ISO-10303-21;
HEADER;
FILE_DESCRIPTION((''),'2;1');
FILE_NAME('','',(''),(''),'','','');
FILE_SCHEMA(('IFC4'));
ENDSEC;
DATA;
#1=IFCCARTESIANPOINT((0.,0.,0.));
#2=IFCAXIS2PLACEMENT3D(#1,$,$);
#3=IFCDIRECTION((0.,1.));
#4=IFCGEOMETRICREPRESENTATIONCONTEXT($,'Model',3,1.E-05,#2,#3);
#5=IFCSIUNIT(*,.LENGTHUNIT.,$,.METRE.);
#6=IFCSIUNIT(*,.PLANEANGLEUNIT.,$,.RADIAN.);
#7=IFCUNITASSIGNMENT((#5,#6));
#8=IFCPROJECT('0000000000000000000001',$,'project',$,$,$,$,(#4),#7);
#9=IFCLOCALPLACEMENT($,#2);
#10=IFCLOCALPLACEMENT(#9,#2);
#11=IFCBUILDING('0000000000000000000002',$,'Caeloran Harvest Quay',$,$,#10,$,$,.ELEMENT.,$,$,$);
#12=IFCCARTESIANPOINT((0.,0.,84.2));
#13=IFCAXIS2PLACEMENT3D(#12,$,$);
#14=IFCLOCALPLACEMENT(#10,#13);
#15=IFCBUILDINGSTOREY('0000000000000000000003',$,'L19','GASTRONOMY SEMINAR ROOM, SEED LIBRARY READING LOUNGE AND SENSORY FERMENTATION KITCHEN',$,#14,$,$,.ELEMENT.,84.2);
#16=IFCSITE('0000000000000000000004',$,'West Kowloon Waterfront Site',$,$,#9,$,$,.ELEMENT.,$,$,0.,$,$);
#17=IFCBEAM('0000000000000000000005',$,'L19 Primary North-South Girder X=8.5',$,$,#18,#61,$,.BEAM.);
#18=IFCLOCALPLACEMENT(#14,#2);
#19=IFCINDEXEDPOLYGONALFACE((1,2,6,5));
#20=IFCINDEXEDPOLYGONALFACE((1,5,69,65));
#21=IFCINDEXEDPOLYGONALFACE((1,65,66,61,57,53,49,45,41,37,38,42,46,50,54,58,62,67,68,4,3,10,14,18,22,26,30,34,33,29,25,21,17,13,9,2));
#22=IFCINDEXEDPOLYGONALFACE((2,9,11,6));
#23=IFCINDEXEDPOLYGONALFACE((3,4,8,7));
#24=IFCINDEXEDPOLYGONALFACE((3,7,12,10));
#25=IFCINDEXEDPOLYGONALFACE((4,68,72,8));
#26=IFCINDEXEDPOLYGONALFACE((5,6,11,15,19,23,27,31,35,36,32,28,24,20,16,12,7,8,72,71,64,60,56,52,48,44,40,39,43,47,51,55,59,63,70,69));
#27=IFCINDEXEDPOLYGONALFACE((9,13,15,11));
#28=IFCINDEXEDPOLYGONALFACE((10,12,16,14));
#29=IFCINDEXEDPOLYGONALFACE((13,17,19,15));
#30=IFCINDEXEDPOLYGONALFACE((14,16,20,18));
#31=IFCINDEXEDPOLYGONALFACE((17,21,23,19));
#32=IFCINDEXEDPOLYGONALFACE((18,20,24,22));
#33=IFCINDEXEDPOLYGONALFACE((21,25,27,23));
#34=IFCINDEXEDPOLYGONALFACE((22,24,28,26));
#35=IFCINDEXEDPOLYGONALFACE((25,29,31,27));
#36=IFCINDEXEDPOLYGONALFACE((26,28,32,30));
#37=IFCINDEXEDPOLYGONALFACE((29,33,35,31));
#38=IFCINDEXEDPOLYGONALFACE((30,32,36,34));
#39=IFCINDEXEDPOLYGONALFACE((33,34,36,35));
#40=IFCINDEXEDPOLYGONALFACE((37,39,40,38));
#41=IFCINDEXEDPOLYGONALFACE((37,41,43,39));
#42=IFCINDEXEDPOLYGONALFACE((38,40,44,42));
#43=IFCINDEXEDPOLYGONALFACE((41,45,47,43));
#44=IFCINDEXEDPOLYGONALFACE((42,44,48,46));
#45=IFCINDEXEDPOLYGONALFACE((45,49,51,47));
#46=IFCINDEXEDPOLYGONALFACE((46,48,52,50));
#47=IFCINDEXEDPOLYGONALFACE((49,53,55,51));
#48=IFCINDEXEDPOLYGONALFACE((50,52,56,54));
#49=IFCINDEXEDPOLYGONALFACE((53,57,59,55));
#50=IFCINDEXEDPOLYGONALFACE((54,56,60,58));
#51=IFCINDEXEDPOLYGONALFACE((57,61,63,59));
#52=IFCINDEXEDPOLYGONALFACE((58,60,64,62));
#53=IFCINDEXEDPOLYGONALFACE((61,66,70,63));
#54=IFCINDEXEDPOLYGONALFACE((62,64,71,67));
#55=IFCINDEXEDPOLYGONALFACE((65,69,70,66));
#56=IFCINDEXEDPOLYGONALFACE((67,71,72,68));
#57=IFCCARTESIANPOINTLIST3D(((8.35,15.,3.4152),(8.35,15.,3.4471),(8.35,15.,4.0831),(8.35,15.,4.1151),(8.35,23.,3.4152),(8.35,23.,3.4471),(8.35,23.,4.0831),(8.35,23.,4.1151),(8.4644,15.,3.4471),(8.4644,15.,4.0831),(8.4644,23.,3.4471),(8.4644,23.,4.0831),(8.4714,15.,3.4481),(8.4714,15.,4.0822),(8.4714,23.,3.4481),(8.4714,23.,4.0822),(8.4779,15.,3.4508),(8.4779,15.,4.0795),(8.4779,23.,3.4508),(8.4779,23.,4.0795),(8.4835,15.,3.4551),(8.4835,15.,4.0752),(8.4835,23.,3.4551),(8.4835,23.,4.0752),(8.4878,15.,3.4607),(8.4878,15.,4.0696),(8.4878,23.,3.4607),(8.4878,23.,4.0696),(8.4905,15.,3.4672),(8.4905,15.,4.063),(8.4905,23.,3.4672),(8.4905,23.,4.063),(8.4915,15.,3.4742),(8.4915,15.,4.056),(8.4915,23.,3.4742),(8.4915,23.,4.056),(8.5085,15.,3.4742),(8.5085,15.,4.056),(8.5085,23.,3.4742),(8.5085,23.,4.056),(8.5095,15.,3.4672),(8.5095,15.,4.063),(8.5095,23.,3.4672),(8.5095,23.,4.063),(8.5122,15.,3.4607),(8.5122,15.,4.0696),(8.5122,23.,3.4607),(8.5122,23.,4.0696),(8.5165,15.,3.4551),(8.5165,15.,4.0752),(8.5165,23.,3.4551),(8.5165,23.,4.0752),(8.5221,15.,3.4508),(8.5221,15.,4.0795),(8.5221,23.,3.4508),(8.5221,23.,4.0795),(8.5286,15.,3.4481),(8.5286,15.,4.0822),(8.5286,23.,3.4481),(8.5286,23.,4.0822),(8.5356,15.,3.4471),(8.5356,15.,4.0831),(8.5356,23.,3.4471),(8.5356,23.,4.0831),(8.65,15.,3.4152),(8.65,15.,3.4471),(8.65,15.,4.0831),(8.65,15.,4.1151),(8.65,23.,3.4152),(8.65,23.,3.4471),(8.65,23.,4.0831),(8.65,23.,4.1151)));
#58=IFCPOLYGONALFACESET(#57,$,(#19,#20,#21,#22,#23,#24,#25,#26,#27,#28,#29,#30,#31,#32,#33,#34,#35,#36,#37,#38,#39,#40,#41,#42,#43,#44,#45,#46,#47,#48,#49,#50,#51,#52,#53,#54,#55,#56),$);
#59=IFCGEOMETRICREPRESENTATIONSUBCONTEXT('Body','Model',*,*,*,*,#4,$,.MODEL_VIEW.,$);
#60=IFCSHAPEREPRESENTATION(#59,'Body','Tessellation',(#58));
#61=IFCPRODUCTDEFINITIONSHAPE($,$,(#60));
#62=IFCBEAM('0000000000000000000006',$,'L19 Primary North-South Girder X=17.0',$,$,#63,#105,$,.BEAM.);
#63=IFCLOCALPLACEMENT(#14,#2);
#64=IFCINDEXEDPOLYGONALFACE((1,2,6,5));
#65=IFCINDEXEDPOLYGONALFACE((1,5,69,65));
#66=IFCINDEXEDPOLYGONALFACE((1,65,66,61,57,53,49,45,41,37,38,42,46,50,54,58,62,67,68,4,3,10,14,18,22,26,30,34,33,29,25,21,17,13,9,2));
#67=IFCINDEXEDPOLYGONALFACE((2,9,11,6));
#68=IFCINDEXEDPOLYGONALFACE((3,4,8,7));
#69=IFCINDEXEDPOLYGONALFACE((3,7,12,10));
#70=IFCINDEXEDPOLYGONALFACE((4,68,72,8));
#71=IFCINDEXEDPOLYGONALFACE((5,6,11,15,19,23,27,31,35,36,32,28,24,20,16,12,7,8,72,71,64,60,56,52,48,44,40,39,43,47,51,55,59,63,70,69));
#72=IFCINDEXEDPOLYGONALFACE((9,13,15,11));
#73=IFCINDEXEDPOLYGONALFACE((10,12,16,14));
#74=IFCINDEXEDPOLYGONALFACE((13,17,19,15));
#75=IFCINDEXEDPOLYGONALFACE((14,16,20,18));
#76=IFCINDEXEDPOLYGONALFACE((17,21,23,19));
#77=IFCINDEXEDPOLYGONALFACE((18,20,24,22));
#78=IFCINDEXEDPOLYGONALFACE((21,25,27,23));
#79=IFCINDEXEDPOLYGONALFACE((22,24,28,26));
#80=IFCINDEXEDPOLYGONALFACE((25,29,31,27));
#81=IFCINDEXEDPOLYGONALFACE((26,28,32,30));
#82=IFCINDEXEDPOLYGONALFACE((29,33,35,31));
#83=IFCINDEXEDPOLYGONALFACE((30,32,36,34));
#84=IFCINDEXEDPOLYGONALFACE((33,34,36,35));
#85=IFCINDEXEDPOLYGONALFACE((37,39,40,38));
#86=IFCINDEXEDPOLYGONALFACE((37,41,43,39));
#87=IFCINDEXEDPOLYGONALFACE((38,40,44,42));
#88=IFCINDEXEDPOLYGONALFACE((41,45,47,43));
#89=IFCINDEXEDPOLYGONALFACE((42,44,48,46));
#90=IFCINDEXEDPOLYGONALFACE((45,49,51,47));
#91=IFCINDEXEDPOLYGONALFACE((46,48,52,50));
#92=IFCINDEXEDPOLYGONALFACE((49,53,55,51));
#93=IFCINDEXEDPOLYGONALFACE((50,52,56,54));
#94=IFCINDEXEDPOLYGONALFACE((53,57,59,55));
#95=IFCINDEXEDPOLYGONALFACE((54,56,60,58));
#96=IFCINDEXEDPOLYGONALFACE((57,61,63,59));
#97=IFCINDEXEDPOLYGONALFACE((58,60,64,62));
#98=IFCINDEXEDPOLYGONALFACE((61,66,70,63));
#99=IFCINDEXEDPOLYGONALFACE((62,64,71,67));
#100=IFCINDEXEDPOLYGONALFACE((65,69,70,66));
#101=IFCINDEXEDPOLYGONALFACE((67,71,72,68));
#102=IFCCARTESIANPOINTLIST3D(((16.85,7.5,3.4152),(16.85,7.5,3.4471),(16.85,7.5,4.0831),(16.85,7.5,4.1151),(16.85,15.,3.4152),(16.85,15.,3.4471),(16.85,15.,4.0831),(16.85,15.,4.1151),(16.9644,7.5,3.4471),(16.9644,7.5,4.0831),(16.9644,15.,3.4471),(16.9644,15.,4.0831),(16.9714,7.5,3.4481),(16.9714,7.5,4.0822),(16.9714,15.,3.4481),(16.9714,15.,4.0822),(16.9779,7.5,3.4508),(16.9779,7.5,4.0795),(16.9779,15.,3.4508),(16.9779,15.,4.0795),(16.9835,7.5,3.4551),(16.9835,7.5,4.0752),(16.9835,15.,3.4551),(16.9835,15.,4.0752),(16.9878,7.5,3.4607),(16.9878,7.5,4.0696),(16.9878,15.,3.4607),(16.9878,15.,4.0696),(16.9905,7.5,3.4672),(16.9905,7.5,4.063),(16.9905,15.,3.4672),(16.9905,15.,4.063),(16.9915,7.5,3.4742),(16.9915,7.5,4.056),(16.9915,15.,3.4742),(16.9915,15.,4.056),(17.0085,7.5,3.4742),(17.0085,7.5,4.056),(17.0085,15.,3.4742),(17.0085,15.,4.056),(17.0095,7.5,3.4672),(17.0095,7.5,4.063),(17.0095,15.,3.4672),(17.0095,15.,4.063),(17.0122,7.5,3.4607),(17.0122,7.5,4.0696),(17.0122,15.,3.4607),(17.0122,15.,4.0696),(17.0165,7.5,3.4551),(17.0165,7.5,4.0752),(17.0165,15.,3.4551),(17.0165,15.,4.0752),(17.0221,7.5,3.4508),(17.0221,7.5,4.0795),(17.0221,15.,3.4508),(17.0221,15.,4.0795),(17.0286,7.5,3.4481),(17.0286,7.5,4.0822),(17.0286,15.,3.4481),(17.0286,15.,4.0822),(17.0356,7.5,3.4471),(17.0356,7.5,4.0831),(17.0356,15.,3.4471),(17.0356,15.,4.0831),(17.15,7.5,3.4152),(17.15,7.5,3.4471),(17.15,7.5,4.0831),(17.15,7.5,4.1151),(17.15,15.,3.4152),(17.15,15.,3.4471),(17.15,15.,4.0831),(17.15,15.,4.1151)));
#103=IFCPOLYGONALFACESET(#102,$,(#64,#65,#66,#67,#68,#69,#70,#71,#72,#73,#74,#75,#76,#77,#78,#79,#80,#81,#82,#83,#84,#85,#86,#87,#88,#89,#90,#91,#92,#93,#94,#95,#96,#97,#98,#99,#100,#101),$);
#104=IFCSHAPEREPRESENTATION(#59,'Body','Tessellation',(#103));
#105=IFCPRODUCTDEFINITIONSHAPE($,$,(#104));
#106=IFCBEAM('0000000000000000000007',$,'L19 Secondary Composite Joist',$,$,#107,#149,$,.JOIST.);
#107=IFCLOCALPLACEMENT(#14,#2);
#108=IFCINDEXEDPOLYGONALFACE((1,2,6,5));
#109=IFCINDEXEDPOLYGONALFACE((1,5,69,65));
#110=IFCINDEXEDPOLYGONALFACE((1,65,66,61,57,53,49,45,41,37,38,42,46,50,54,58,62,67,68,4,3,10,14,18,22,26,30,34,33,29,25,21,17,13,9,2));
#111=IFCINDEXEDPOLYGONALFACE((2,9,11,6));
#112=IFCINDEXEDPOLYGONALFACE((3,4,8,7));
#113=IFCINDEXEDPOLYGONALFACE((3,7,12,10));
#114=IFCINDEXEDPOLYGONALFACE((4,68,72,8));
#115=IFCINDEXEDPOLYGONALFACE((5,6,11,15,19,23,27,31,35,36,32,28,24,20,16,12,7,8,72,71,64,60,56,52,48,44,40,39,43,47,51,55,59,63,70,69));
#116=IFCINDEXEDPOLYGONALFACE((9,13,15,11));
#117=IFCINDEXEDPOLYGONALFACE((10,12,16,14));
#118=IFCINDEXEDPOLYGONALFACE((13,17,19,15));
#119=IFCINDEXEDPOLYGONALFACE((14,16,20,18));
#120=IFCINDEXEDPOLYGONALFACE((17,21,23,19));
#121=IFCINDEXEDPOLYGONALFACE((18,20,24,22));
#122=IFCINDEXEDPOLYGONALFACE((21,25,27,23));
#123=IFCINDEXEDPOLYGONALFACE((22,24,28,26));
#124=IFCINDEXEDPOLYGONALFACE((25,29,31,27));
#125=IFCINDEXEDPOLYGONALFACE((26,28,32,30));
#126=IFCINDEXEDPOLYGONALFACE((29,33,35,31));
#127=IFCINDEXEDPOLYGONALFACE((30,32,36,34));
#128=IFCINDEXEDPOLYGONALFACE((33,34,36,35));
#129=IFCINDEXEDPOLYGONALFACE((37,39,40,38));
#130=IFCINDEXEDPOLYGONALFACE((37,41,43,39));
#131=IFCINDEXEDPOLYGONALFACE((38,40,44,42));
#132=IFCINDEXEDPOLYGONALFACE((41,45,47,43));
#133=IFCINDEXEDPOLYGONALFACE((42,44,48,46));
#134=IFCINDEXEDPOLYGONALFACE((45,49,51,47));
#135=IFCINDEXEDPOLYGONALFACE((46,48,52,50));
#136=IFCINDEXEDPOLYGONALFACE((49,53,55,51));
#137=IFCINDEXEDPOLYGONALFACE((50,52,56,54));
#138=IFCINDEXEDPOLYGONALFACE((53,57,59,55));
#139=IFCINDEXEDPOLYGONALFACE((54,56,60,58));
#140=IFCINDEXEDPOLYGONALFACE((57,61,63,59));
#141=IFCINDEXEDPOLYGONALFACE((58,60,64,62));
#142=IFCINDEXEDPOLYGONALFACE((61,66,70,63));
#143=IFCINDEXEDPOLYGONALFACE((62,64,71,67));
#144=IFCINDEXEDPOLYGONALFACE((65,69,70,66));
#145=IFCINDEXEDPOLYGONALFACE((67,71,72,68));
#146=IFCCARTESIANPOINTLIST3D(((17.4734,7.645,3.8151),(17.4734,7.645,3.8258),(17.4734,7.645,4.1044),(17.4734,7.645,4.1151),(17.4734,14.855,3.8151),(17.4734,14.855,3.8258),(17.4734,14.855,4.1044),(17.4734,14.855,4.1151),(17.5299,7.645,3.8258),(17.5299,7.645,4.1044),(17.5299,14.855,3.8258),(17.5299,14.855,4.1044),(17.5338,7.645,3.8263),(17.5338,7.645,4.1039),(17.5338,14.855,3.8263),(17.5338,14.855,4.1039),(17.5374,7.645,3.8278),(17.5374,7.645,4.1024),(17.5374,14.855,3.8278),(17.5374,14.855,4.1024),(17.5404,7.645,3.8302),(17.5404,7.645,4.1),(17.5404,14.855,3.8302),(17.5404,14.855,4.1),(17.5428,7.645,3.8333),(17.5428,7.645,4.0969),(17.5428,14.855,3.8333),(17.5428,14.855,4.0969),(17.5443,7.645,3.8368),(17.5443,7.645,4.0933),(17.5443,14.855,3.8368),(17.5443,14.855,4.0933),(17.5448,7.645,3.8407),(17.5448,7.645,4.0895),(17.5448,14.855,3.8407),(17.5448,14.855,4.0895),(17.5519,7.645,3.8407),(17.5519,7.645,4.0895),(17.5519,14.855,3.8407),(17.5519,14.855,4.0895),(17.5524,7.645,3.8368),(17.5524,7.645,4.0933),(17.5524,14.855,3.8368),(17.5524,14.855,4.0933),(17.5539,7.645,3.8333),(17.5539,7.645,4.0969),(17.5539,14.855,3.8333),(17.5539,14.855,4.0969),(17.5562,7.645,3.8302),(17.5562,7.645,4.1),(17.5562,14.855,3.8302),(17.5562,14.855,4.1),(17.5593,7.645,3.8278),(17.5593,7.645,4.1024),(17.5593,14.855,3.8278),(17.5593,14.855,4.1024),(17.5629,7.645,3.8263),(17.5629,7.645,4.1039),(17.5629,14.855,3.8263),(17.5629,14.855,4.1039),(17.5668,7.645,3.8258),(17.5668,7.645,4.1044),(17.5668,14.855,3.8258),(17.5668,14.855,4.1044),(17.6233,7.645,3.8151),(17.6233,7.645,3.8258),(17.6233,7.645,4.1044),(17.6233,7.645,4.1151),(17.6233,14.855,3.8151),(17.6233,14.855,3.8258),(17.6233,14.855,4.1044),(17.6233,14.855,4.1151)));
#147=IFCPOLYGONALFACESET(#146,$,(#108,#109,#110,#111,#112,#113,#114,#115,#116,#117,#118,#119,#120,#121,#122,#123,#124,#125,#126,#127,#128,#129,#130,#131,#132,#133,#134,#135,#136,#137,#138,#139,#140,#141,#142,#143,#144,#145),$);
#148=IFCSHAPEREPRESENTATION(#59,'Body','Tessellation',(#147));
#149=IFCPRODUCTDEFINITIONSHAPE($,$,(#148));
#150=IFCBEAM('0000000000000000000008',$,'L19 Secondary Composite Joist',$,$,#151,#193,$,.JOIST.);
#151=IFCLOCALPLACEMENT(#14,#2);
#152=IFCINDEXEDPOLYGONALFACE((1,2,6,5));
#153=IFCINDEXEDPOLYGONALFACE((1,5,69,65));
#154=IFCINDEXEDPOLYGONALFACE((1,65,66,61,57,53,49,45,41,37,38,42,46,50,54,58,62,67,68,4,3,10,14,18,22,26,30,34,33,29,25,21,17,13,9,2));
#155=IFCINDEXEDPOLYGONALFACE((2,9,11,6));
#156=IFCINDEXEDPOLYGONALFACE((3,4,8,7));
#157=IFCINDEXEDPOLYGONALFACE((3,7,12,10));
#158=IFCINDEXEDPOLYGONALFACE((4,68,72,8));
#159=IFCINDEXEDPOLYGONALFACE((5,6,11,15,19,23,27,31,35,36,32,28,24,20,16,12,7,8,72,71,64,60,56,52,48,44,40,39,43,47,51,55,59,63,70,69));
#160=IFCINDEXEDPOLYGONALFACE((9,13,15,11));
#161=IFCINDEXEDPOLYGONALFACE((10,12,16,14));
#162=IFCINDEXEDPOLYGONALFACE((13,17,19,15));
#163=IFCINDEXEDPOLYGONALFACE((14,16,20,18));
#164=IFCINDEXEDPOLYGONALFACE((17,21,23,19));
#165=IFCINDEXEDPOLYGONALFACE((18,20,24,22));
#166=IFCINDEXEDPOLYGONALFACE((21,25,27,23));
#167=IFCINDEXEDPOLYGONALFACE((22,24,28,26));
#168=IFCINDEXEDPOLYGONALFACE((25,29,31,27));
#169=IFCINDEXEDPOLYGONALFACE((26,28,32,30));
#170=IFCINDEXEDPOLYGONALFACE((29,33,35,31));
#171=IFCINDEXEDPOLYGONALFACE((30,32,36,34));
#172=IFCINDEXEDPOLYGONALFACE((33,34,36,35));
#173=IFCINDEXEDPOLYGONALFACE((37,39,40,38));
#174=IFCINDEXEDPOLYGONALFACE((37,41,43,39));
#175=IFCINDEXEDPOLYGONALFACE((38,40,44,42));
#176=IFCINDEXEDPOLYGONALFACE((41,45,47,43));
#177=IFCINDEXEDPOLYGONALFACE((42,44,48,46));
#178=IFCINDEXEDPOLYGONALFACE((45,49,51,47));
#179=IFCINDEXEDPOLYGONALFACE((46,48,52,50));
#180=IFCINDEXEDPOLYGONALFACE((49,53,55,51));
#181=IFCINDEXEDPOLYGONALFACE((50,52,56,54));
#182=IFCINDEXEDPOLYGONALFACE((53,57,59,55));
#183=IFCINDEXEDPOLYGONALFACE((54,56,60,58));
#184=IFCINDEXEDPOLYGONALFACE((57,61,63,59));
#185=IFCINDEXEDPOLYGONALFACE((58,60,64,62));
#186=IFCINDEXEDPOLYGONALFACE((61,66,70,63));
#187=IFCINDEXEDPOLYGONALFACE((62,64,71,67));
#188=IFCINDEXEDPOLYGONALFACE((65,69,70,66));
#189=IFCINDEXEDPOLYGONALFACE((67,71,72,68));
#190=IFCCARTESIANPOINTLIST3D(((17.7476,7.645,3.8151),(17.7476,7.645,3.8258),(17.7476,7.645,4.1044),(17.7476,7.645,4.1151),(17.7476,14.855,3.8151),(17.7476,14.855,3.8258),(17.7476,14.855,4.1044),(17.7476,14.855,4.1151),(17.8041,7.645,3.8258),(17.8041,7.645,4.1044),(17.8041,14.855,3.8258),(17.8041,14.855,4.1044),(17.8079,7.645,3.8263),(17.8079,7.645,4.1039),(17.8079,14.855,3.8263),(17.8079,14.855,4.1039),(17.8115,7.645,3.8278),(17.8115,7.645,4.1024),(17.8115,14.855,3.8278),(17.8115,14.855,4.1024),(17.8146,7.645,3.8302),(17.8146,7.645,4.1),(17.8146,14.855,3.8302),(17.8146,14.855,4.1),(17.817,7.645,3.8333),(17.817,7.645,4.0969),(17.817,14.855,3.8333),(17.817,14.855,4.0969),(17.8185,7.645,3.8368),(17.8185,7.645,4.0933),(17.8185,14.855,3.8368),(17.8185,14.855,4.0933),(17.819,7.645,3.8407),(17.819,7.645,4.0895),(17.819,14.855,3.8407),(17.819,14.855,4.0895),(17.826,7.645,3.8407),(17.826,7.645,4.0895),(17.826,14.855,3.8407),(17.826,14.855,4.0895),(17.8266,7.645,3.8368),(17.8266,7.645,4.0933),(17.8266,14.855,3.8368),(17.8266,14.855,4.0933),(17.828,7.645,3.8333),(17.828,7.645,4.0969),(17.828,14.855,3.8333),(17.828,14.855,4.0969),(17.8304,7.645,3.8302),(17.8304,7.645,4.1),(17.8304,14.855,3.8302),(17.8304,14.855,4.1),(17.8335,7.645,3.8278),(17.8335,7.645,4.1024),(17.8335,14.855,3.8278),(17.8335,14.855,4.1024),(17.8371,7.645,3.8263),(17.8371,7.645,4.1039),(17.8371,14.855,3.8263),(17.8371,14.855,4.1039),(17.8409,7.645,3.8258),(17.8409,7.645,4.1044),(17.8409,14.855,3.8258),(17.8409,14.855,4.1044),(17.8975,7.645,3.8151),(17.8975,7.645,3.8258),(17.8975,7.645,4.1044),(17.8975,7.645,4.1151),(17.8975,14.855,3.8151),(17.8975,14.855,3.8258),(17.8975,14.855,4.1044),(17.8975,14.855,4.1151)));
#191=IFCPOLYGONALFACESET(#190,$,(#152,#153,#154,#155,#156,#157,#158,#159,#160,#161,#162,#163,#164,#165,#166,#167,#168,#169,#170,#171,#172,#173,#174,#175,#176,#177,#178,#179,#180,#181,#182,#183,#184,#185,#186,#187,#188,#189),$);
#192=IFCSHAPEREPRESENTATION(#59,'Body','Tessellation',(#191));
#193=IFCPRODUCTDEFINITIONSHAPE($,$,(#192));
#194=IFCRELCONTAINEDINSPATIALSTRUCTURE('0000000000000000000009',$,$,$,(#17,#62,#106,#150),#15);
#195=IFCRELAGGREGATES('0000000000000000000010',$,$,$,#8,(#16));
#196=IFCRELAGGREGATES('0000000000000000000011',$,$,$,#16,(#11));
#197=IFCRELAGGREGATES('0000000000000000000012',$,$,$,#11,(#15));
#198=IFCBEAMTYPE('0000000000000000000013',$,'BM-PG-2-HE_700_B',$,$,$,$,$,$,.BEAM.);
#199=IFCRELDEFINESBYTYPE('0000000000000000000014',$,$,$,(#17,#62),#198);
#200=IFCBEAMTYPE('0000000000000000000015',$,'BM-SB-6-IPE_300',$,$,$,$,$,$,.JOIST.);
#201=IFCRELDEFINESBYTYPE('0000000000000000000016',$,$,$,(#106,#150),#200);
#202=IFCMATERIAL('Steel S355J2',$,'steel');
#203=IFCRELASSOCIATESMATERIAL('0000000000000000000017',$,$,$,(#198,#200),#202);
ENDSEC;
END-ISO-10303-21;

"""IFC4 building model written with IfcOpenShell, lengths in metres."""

from ifc_helpers import new_model, si_unit, direction, frame, origin, origin_2d, place, context, subcontext, project, spatial, i_section, extrude, material, material_profile, profile_set, type_object, element, save


model = new_model("IFC4")

# Units and contexts
model_context = context("Model", 3, precision=1e-05, world=origin(), true_north=direction((0.0, 1.0)))
body_context = subcontext(model_context, "Body", "Model", "MODEL_VIEW")
ifc_project = project(units=[si_unit("LENGTHUNIT", "METRE"), si_unit("PLANEANGLEUNIT", "RADIAN")], contexts=[model_context])

# Site, building, storey
site_placement = place(None, origin())
site = spatial("IfcSite", under=ifc_project, at=site_placement, Name="West Kowloon Waterfront Site", CompositionType="ELEMENT", RefElevation=0.0)
building_placement = place(site_placement, origin())
building = spatial("IfcBuilding", under=site, at=building_placement, Name="Caeloran Harvest Quay", CompositionType="ELEMENT")
storey_placement = place(building_placement, frame((0.0, 0.0, 84.2)))
storey = spatial("IfcBuildingStorey", under=building, at=storey_placement, Name="L19", Description="GASTRONOMY SEMINAR ROOM, SEED LIBRARY READING LOUNGE AND SENSORY FERMENTATION KITCHEN", CompositionType="ELEMENT", Elevation=84.2)

# Beams
ifc_material_1 = material(Name="Steel S355J2", Category="steel")
ifc_material_profile_1 = material_profile(ifc_material_1, i_section(OverallWidth=0.3, OverallDepth=0.7, WebThickness=0.0171, FlangeThickness=0.032, FilletRadius=0.0271, at=origin_2d()), Name="HE 700 B")
ifc_profile_set_1 = profile_set([ifc_material_profile_1], Name="Steel S355J2")
beam_type_1 = type_object("IfcBeamType", Name="BM-PG-2-HE_700_B", PredefinedType="BEAM", material=ifc_profile_set_1)
beam_1_placement = place(storey_placement, frame((8.5, 15.0, 3.7651), z_axis=(0.0, 1.0, 0.0), x_axis=(-1.0, 0.0, 0.0)))
element("IfcBeam", 1, at=beam_1_placement, inside=storey, type_object=beam_type_1, Name="L19 Primary North-South Girder X=8.5", PredefinedType="BEAM", context=body_context, shape_type="SweptSolid", body=[
    extrude(i_section(OverallWidth=0.3, OverallDepth=0.7, WebThickness=0.0171, FlangeThickness=0.032, FilletRadius=0.0271, at=origin_2d()), origin(), (0.0, 0.0, 1.0), 8.0),
])
beam_2_placement = place(storey_placement, frame((17.0, 7.5, 3.7651), z_axis=(0.0, 1.0, 0.0), x_axis=(-1.0, 0.0, 0.0)))
element("IfcBeam", 2, at=beam_2_placement, inside=storey, type_object=beam_type_1, Name="L19 Primary North-South Girder X=17.0", PredefinedType="BEAM", context=body_context, shape_type="SweptSolid", body=[
    extrude(i_section(OverallWidth=0.3, OverallDepth=0.7, WebThickness=0.0171, FlangeThickness=0.032, FilletRadius=0.0271, at=origin_2d()), origin(), (0.0, 0.0, 1.0), 7.5),
])
ifc_material_profile_2 = material_profile(ifc_material_1, i_section(OverallWidth=0.1499, OverallDepth=0.3, WebThickness=0.0071, FlangeThickness=0.0107, FilletRadius=0.0149, at=origin_2d()), Name="IPE 300")
ifc_profile_set_2 = profile_set([ifc_material_profile_2], Name="Steel S355J2")
beam_type_2 = type_object("IfcBeamType", Name="BM-SB-6-IPE_300", PredefinedType="JOIST", material=ifc_profile_set_2)
for number, where, z_axis, x_axis, name in (
    (3, (17.5483, 7.645, 3.9651), (0.0, 1.0, 0.0), (-1.0, 0.0, 0.0), "L19 Secondary Composite Joist"),
    (4, (17.8225, 7.645, 3.9651), (0.0, 1.0, 0.0), (-1.0, 0.0, 0.0), "L19 Secondary Composite Joist"),
):
    element("IfcBeam", number, at=place(storey_placement, frame(where, z_axis=z_axis, x_axis=x_axis)), inside=storey, type_object=beam_type_2, Name=name, PredefinedType="JOIST", context=body_context, shape_type="SweptSolid", body=[
        extrude(i_section(OverallWidth=0.1499, OverallDepth=0.3, WebThickness=0.0071, FlangeThickness=0.0107, FilletRadius=0.0149, at=origin_2d()), origin(), (0.0, 0.0, 1.0), 7.21),
    ])

save(model, "model.ifc")
